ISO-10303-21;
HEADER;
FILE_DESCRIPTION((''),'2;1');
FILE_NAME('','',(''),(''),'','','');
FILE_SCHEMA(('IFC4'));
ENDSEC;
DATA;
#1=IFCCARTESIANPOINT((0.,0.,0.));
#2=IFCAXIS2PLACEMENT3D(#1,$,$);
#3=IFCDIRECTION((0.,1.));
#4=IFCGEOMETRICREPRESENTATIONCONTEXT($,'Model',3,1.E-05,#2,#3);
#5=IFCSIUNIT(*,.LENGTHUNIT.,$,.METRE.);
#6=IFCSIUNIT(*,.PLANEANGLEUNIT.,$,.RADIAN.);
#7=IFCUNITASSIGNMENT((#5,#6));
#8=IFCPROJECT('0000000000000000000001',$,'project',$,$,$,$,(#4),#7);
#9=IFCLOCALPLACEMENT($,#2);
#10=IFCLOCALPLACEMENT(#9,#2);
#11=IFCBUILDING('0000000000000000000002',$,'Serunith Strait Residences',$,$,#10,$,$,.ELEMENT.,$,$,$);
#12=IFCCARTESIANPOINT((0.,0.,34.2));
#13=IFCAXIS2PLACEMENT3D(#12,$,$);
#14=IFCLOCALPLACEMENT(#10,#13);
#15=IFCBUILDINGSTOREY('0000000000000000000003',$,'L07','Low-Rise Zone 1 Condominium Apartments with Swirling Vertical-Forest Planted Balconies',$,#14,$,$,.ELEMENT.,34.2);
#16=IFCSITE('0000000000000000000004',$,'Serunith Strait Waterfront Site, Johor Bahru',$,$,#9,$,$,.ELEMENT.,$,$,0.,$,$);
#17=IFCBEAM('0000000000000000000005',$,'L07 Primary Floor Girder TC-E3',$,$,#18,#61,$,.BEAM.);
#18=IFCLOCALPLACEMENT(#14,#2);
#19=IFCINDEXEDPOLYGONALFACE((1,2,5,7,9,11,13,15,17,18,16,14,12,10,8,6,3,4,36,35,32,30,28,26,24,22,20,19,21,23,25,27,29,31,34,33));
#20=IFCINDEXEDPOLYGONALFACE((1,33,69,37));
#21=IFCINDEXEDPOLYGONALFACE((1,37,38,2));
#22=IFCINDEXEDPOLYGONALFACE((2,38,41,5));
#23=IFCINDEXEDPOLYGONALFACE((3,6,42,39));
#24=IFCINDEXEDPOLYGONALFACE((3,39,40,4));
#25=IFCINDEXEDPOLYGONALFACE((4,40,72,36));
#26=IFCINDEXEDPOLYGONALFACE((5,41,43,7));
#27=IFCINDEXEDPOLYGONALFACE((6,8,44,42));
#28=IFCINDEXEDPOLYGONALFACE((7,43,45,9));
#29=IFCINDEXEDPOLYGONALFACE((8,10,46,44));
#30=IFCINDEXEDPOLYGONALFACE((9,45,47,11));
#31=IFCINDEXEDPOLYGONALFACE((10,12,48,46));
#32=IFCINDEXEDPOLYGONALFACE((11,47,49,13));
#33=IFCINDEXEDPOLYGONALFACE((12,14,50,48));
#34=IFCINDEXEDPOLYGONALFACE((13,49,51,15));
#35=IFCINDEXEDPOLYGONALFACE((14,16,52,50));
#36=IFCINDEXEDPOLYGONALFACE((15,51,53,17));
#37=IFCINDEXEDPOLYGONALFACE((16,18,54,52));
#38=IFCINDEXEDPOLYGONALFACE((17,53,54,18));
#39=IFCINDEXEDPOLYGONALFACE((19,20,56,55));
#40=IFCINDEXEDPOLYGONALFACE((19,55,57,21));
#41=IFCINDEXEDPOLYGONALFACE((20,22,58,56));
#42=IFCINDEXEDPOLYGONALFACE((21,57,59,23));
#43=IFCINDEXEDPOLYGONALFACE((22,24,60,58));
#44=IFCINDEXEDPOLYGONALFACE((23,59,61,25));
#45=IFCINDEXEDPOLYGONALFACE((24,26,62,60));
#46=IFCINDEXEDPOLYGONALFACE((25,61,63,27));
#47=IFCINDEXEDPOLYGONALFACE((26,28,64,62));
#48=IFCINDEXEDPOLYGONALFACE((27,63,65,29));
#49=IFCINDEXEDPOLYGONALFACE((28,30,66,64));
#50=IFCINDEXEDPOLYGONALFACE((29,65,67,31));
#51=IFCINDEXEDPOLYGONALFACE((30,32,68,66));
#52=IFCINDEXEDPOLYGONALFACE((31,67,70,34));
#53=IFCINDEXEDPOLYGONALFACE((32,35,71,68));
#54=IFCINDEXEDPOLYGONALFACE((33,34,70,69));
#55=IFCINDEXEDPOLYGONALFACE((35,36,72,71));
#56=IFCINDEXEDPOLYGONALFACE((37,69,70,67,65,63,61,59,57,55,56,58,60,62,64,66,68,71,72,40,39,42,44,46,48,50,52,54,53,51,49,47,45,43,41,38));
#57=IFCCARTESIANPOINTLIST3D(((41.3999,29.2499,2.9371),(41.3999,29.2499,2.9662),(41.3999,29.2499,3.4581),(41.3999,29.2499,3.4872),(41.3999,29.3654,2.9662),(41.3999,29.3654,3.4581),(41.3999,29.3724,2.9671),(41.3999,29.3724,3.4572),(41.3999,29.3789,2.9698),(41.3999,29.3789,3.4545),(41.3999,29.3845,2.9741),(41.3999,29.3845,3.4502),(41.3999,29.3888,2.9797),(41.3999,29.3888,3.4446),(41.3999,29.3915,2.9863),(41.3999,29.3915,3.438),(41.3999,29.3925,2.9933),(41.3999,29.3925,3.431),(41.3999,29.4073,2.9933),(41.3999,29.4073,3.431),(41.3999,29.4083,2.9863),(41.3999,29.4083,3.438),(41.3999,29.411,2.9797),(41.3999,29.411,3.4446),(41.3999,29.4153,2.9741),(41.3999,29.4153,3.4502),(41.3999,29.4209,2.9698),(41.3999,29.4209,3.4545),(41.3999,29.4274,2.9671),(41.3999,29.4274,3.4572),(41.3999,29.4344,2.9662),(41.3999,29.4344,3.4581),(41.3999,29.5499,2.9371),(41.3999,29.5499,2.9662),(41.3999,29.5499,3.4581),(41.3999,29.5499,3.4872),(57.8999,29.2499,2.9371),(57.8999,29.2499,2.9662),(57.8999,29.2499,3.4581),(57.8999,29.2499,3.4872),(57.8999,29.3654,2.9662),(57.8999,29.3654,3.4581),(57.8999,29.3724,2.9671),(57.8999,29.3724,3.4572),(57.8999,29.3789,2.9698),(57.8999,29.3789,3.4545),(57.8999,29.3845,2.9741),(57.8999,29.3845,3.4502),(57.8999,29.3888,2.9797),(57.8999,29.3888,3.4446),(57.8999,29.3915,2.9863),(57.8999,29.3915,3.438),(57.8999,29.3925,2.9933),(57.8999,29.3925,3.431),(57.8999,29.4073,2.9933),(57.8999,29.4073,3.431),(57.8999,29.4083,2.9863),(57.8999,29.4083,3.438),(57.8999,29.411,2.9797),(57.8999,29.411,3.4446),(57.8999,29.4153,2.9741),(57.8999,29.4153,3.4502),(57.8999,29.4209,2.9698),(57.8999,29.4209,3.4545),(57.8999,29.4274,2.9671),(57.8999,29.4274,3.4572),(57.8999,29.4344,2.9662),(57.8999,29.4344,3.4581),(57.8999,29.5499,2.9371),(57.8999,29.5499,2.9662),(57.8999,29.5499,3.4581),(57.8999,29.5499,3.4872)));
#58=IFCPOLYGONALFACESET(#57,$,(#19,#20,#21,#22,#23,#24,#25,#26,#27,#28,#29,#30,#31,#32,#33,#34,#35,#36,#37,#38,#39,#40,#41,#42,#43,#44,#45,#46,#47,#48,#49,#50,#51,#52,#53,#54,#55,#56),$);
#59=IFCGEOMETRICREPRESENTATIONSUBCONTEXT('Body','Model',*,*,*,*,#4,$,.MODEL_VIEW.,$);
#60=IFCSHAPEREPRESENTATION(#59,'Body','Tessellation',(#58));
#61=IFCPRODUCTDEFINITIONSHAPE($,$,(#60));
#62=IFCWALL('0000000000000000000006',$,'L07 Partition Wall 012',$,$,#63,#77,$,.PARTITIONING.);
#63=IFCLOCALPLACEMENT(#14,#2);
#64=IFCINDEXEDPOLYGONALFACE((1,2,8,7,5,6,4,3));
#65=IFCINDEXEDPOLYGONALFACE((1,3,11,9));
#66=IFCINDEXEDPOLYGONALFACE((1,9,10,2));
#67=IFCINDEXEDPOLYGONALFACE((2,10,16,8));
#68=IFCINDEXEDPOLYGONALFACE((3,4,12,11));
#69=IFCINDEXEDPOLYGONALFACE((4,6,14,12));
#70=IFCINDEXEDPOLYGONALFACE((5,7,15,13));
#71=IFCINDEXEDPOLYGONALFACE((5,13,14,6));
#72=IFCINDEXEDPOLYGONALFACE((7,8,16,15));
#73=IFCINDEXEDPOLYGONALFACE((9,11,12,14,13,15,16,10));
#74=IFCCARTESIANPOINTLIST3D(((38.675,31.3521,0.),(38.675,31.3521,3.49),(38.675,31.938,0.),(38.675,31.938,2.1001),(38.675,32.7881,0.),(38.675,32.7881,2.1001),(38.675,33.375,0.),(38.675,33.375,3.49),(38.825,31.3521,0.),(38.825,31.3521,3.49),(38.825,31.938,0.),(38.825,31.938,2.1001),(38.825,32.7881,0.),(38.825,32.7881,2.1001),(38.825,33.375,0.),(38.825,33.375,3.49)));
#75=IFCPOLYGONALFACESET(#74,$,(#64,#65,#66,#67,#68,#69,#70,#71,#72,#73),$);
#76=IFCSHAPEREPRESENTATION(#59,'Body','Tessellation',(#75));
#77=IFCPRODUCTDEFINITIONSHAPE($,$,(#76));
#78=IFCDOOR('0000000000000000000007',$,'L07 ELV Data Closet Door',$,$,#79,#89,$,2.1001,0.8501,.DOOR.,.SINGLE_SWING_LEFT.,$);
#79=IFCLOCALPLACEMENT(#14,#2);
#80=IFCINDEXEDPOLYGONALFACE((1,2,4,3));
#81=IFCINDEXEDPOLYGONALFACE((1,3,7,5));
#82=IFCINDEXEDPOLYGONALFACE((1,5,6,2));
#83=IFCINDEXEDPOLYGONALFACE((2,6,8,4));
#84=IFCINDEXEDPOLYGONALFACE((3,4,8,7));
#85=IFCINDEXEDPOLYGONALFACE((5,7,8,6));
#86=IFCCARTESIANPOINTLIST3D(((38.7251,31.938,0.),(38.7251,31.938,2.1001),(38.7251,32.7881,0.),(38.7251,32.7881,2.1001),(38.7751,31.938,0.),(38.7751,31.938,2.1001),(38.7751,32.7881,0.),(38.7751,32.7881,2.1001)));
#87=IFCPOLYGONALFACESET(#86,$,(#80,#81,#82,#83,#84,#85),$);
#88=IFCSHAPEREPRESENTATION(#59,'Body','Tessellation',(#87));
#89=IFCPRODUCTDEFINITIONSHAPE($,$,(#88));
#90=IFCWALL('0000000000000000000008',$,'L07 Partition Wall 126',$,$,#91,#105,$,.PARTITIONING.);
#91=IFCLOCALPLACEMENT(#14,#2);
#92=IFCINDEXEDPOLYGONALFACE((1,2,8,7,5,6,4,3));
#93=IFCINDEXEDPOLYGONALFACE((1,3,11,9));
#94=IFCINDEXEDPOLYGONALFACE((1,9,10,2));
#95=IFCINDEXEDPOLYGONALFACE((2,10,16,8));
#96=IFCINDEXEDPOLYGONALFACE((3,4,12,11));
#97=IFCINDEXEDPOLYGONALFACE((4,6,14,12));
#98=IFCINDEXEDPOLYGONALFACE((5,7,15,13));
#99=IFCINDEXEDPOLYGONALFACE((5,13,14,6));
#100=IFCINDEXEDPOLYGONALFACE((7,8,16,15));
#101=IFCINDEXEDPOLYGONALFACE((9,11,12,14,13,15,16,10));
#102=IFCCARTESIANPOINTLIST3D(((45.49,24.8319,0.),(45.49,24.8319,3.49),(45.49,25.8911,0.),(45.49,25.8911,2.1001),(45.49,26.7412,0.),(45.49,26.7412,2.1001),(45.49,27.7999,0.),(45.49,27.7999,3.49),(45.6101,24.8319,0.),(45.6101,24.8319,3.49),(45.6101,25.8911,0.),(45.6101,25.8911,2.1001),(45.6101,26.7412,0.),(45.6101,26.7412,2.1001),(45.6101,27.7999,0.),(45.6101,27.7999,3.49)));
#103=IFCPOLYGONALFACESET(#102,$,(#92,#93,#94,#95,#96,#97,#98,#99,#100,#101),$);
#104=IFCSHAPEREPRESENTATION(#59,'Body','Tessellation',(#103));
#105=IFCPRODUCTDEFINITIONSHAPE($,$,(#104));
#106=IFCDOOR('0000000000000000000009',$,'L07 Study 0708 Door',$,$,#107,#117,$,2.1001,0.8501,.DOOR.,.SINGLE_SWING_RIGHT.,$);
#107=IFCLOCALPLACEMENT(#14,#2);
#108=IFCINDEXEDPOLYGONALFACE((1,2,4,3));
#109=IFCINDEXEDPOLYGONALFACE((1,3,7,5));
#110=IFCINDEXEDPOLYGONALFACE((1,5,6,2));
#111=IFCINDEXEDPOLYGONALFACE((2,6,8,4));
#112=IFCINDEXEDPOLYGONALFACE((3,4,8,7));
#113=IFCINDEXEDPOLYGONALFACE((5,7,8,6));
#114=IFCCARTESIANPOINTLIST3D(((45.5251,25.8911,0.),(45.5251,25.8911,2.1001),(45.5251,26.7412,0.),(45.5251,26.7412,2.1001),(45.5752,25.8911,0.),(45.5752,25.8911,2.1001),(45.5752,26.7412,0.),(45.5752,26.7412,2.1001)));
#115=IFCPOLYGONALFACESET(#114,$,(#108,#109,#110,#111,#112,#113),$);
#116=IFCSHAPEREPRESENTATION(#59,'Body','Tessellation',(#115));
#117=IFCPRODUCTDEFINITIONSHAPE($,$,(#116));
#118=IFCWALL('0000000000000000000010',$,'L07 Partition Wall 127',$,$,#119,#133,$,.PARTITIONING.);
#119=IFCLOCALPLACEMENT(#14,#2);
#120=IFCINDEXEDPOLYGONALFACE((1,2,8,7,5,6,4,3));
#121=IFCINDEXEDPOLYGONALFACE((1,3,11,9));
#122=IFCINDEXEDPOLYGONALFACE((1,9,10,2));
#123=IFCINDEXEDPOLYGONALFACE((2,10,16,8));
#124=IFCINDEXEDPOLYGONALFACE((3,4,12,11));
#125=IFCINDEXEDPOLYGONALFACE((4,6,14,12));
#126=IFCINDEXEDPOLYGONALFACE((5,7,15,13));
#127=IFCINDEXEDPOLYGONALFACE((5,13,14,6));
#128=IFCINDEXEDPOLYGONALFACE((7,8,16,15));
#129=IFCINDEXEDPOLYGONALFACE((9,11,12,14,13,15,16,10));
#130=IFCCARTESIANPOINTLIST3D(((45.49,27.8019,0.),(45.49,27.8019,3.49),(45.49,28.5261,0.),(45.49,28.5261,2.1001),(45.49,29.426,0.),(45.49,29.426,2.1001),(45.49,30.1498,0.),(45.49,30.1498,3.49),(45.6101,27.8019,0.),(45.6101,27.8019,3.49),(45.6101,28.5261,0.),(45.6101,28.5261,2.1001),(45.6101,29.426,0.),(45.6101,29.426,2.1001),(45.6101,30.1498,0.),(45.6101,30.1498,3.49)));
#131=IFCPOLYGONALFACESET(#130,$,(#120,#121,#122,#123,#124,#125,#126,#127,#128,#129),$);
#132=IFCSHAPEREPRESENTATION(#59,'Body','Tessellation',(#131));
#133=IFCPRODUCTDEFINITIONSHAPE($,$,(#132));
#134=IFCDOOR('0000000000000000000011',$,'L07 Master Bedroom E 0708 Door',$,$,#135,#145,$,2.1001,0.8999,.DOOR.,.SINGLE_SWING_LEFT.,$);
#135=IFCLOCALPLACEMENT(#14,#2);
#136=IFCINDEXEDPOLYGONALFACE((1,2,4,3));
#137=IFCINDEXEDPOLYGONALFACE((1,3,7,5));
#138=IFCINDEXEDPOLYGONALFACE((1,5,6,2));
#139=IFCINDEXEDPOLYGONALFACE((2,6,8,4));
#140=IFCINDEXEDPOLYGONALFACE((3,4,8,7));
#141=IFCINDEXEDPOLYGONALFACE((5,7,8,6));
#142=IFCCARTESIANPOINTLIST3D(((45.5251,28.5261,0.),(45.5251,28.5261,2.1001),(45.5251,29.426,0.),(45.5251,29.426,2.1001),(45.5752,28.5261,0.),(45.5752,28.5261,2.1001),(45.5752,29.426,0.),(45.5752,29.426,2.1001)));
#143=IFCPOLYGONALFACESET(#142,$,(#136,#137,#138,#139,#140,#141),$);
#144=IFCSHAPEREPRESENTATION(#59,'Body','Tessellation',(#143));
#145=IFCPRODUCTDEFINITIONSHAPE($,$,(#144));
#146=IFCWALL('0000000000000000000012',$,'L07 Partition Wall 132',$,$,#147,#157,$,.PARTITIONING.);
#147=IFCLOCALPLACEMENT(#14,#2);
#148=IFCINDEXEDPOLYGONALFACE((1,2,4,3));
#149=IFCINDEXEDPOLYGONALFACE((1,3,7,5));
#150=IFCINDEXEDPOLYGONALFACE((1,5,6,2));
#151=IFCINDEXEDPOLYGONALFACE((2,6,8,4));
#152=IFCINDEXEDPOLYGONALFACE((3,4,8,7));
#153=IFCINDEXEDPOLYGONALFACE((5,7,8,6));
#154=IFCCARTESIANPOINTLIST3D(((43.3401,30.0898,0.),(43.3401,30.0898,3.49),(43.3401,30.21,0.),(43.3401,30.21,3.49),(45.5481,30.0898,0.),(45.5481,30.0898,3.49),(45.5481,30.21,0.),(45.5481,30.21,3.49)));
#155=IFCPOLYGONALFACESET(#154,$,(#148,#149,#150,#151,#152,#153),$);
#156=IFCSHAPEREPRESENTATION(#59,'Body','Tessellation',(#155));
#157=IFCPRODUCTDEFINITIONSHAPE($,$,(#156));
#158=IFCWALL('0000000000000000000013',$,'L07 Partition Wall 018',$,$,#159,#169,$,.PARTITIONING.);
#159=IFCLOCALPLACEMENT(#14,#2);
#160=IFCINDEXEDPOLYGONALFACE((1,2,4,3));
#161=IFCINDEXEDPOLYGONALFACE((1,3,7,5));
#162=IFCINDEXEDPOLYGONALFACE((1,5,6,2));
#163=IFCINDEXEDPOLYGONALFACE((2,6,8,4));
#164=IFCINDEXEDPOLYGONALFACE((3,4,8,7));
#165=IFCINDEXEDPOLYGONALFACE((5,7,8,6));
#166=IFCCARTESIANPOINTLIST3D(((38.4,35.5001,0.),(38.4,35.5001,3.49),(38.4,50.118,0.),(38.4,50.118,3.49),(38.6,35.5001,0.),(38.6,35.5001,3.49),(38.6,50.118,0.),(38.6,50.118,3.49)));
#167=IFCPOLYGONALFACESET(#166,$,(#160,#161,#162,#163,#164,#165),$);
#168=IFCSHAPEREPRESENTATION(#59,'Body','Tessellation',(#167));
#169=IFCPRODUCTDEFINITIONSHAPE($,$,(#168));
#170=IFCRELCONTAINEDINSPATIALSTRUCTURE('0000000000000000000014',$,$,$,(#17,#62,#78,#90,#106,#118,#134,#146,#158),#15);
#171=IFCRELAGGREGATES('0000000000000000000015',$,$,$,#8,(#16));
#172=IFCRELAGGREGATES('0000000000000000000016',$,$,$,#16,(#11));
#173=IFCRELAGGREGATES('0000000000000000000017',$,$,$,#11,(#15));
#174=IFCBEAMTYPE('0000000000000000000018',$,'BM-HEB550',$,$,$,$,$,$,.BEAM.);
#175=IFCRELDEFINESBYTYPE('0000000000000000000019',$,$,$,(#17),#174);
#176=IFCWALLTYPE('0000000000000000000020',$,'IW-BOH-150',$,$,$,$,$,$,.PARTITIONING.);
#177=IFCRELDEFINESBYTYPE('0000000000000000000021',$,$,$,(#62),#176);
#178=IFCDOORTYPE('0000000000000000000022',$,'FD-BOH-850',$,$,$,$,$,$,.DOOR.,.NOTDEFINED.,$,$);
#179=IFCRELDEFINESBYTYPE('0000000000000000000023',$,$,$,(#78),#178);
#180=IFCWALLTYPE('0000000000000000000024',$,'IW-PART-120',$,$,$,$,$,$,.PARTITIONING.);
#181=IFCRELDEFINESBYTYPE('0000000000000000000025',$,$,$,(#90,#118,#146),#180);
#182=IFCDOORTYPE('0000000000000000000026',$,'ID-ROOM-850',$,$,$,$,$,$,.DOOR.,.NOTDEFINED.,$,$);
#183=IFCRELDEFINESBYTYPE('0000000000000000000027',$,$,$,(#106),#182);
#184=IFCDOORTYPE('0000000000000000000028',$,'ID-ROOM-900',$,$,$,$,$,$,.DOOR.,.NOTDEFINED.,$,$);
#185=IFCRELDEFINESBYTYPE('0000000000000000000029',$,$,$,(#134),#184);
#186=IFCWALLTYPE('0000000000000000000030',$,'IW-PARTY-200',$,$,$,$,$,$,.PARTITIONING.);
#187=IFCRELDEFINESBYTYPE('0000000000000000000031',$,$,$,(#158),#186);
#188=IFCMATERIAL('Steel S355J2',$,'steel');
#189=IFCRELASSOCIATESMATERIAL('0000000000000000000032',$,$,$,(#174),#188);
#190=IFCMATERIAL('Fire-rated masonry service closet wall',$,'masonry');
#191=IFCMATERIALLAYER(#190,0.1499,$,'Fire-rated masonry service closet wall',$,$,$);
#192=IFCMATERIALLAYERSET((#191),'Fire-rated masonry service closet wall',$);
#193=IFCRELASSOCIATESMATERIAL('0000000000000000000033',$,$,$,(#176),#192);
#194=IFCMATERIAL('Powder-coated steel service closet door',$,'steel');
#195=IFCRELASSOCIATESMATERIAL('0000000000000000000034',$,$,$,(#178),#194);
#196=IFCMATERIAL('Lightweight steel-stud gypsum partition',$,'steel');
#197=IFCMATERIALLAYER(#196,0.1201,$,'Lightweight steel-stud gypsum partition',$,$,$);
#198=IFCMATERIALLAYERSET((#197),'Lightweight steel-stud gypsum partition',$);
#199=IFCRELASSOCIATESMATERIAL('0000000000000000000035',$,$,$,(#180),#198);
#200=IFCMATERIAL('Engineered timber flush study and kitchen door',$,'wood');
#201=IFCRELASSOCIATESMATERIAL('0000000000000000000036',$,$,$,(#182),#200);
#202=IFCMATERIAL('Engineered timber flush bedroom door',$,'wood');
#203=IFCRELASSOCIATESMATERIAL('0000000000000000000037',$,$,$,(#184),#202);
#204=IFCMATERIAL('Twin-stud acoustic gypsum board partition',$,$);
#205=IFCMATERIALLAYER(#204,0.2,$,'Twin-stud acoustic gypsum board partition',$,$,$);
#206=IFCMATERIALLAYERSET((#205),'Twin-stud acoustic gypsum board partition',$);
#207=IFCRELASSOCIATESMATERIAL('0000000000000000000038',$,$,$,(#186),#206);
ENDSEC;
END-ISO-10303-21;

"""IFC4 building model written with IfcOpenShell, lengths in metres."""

from ifc_helpers import new_model, si_unit, direction, frame, frame_2d, origin, origin_2d, place, context, subcontext, project, spatial, rectangle, i_section, extrude, source, transform, mapped, material, layer, layer_set, material_profile, profile_set, type_object, element, fill, save


model = new_model("IFC4")

# Units and contexts
model_context = context("Model", 3, precision=1e-05, world=origin(), true_north=direction((0.0, 1.0)))
body_context = subcontext(model_context, "Body", "Model", "MODEL_VIEW")
ifc_project = project(units=[si_unit("LENGTHUNIT", "METRE"), si_unit("PLANEANGLEUNIT", "RADIAN")], contexts=[model_context])

# Site, building, storey
site_placement = place(None, origin())
site = spatial("IfcSite", under=ifc_project, at=site_placement, Name="Serunith Strait Waterfront Site, Johor Bahru", CompositionType="ELEMENT", RefElevation=0.0)
building_placement = place(site_placement, origin())
building = spatial("IfcBuilding", under=site, at=building_placement, Name="Serunith Strait Residences", CompositionType="ELEMENT")
storey_placement = place(building_placement, frame((0.0, 0.0, 34.2)))
storey = spatial("IfcBuildingStorey", under=building, at=storey_placement, Name="L07", Description="Low-Rise Zone 1 Condominium Apartments with Swirling Vertical-Forest Planted Balconies", CompositionType="ELEMENT", Elevation=34.2)

# Beam
ifc_material_1 = material(Name="Steel S355J2", Category="steel")
ifc_material_profile = material_profile(ifc_material_1, i_section(OverallWidth=0.3, OverallDepth=0.55, WebThickness=0.0149, FlangeThickness=0.0291, FilletRadius=0.0271, at=origin_2d()), Name="HEB 550")
ifc_profile_set = profile_set([ifc_material_profile], Name="Steel S355J2")
beam_type = type_object("IfcBeamType", Name="BM-HEB550", PredefinedType="BEAM", material=ifc_profile_set)
shared_shape_1 = source(origin(), body_context, "Body", "SweptSolid", [
    extrude(i_section(OverallWidth=0.3, OverallDepth=0.55, WebThickness=0.0149, FlangeThickness=0.0291, FilletRadius=0.0271, at=origin_2d()), origin(), (0.0, 0.0, 1.0), 16.5),
])
beam_placement = place(storey_placement, frame((41.3999, 29.3999, 3.2122), z_axis=(1.0, 0.0, 0.0), x_axis=(0.0, 1.0, 0.0)))
element("IfcBeam", 1, at=beam_placement, inside=storey, type_object=beam_type, Name="L07 Primary Floor Girder TC-E3", PredefinedType="BEAM", context=body_context, shape_type="MappedRepresentation", body=[
    mapped(shared_shape_1, transform((0.0, 0.0, 0.0), scale=1.0)),
])

# Walls, openings, doors
ifc_material_2 = material(Name="Fire-rated masonry service closet wall", Category="masonry")
ifc_layer_1 = layer(ifc_material_2, 0.1499, Name="Fire-rated masonry service closet wall")
ifc_layer_set_1 = layer_set([ifc_layer_1], Name="Fire-rated masonry service closet wall")
wall_type_1 = type_object("IfcWallType", Name="IW-BOH-150", PredefinedType="PARTITIONING", material=ifc_layer_set_1)
wall_1_placement = place(storey_placement, frame((38.75, 31.3521, 0.0), z_axis=(0.0, 0.0, 1.0), x_axis=(0.0, 1.0, 0.0)))
wall_1 = element("IfcWall", 2, at=wall_1_placement, inside=storey, type_object=wall_type_1, Name="L07 Partition Wall 012", PredefinedType="PARTITIONING", context=body_context, shape_type="SweptSolid", body=[
    extrude(rectangle(XDim=2.0229, YDim=0.1499, at=frame_2d((1.0115, 0.0))), origin(), (0.0, 0.0, 1.0), 3.49),
])
opening_1_placement = place(wall_1_placement, frame((0.5859, 0.0, 0.0)))
opening_1 = element("IfcOpeningElement", 3, at=opening_1_placement, cuts=wall_1, PredefinedType="OPENING", context=body_context, shape_type="SweptSolid", body=[
    extrude(rectangle(XDim=0.8501, YDim=2.1001, at=frame_2d((0.425, 1.05))), frame((0.0, 0.085, 0.0), z_axis=(0.0, -1.0, 0.0), x_axis=(1.0, 0.0, 0.0)), (0.0, 0.0, 1.0), 0.1699),
])
ifc_material_3 = material(Name="Powder-coated steel service closet door", Category="steel")
door_type_1 = type_object("IfcDoorType", Name="FD-BOH-850", OperationType="NOTDEFINED", PredefinedType="DOOR", material=ifc_material_3)
shared_shape_2 = source(origin(), body_context, "Body", "SweptSolid", [
    extrude(rectangle(XDim=0.8501, YDim=2.1001, at=frame_2d((0.425, 1.05))), frame((0.0, 0.0249, 0.0), z_axis=(0.0, -1.0, 0.0), x_axis=(1.0, 0.0, 0.0)), (0.0, 0.0, 1.0), 0.05),
])
door_1_placement = place(opening_1_placement, origin())
door_1 = element("IfcDoor", 4, at=door_1_placement, inside=storey, type_object=door_type_1, Name="L07 ELV Data Closet Door", OperationType="SINGLE_SWING_LEFT", OverallHeight=2.1001, OverallWidth=0.8501, PredefinedType="DOOR", context=body_context, shape_type="MappedRepresentation", body=[
    mapped(shared_shape_2, transform((0.0, 0.0, 0.0), scale=1.0)),
])
fill(opening_1, door_1)
ifc_material_4 = material(Name="Lightweight steel-stud gypsum partition", Category="steel")
ifc_layer_2 = layer(ifc_material_4, 0.1201, Name="Lightweight steel-stud gypsum partition")
ifc_layer_set_2 = layer_set([ifc_layer_2], Name="Lightweight steel-stud gypsum partition")
wall_type_2 = type_object("IfcWallType", Name="IW-PART-120", PredefinedType="PARTITIONING", material=ifc_layer_set_2)
wall_2_placement = place(storey_placement, frame((45.55, 24.832, 0.0), z_axis=(0.0, 0.0, 1.0), x_axis=(0.0, 1.0, 0.0)))
wall_2 = element("IfcWall", 5, at=wall_2_placement, inside=storey, type_object=wall_type_2, Name="L07 Partition Wall 126", PredefinedType="PARTITIONING", context=body_context, shape_type="SweptSolid", body=[
    extrude(rectangle(XDim=2.968, YDim=0.1201, at=frame_2d((1.4839, 0.0))), origin(), (0.0, 0.0, 1.0), 3.49),
])
opening_2_placement = place(wall_2_placement, frame((1.0591, 0.0, 0.0)))
opening_2 = element("IfcOpeningElement", 6, at=opening_2_placement, cuts=wall_2, PredefinedType="OPENING", context=body_context, shape_type="SweptSolid", body=[
    extrude(rectangle(XDim=0.8501, YDim=2.1001, at=frame_2d((0.425, 1.05))), frame((0.0, 0.0701, 0.0), z_axis=(0.0, -1.0, 0.0), x_axis=(1.0, 0.0, 0.0)), (0.0, 0.0, 1.0), 0.1401),
])
ifc_material_5 = material(Name="Engineered timber flush study and kitchen door", Category="wood")
door_type_2 = type_object("IfcDoorType", Name="ID-ROOM-850", OperationType="NOTDEFINED", PredefinedType="DOOR", material=ifc_material_5)
door_2_placement = place(opening_2_placement, origin())
door_2 = element("IfcDoor", 7, at=door_2_placement, inside=storey, type_object=door_type_2, Name="L07 Study 0708 Door", OperationType="SINGLE_SWING_RIGHT", OverallHeight=2.1001, OverallWidth=0.8501, PredefinedType="DOOR", context=body_context, shape_type="MappedRepresentation", body=[
    mapped(shared_shape_2, transform((0.0, 0.0, 0.0), scale=1.0)),
])
fill(opening_2, door_2)
wall_3_placement = place(storey_placement, frame((45.55, 27.802, 0.0), z_axis=(0.0, 0.0, 1.0), x_axis=(0.0, 1.0, 0.0)))
wall_3 = element("IfcWall", 8, at=wall_3_placement, inside=storey, type_object=wall_type_2, Name="L07 Partition Wall 127", PredefinedType="PARTITIONING", context=body_context, shape_type="SweptSolid", body=[
    extrude(rectangle(XDim=2.3479, YDim=0.1201, at=frame_2d((1.1738, 0.0))), origin(), (0.0, 0.0, 1.0), 3.49),
])
opening_3_placement = place(wall_3_placement, frame((0.7241, 0.0, 0.0)))
opening_3 = element("IfcOpeningElement", 9, at=opening_3_placement, cuts=wall_3, PredefinedType="OPENING", context=body_context, shape_type="SweptSolid", body=[
    extrude(rectangle(XDim=0.8999, YDim=2.1001, at=frame_2d((0.45, 1.05))), frame((0.0, 0.0701, 0.0), z_axis=(0.0, -1.0, 0.0), x_axis=(1.0, 0.0, 0.0)), (0.0, 0.0, 1.0), 0.1401),
])
ifc_material_6 = material(Name="Engineered timber flush bedroom door", Category="wood")
door_type_3 = type_object("IfcDoorType", Name="ID-ROOM-900", OperationType="NOTDEFINED", PredefinedType="DOOR", material=ifc_material_6)
shared_shape_3 = source(origin(), body_context, "Body", "SweptSolid", [
    extrude(rectangle(XDim=0.8999, YDim=2.1001, at=frame_2d((0.45, 1.05))), frame((0.0, 0.0249, 0.0), z_axis=(0.0, -1.0, 0.0), x_axis=(1.0, 0.0, 0.0)), (0.0, 0.0, 1.0), 0.05),
])
door_3_placement = place(opening_3_placement, origin())
door_3 = element("IfcDoor", 10, at=door_3_placement, inside=storey, type_object=door_type_3, Name="L07 Master Bedroom E 0708 Door", OperationType="SINGLE_SWING_LEFT", OverallHeight=2.1001, OverallWidth=0.8999, PredefinedType="DOOR", context=body_context, shape_type="MappedRepresentation", body=[
    mapped(shared_shape_3, transform((0.0, 0.0, 0.0), scale=1.0)),
])
fill(opening_3, door_3)

# Walls
wall_4_placement = place(storey_placement, frame((45.5481, 30.1499, 0.0), z_axis=(0.0, 0.0, 1.0), x_axis=(-1.0, 0.0, 0.0)))
element("IfcWall", 11, at=wall_4_placement, inside=storey, type_object=wall_type_2, Name="L07 Partition Wall 132", PredefinedType="PARTITIONING", context=body_context, shape_type="SweptSolid", body=[
    extrude(rectangle(XDim=2.208, YDim=0.1201, at=frame_2d((1.104, 0.0))), origin(), (0.0, 0.0, 1.0), 3.49),
])
ifc_material_7 = material(Name="Twin-stud acoustic gypsum board partition")
ifc_layer_3 = layer(ifc_material_7, 0.2, Name="Twin-stud acoustic gypsum board partition")
ifc_layer_set_3 = layer_set([ifc_layer_3], Name="Twin-stud acoustic gypsum board partition")
wall_type_3 = type_object("IfcWallType", Name="IW-PARTY-200", PredefinedType="PARTITIONING", material=ifc_layer_set_3)
wall_5_placement = place(storey_placement, frame((38.5, 35.5, 0.0), z_axis=(0.0, 0.0, 1.0), x_axis=(0.0, 1.0, 0.0)))
element("IfcWall", 12, at=wall_5_placement, inside=storey, type_object=wall_type_3, Name="L07 Partition Wall 018", PredefinedType="PARTITIONING", context=body_context, shape_type="SweptSolid", body=[
    extrude(rectangle(XDim=14.6179, YDim=0.2, at=frame_2d((7.3091, 0.0))), origin(), (0.0, 0.0, 1.0), 3.49),
])

save(model, "model.ifc")
